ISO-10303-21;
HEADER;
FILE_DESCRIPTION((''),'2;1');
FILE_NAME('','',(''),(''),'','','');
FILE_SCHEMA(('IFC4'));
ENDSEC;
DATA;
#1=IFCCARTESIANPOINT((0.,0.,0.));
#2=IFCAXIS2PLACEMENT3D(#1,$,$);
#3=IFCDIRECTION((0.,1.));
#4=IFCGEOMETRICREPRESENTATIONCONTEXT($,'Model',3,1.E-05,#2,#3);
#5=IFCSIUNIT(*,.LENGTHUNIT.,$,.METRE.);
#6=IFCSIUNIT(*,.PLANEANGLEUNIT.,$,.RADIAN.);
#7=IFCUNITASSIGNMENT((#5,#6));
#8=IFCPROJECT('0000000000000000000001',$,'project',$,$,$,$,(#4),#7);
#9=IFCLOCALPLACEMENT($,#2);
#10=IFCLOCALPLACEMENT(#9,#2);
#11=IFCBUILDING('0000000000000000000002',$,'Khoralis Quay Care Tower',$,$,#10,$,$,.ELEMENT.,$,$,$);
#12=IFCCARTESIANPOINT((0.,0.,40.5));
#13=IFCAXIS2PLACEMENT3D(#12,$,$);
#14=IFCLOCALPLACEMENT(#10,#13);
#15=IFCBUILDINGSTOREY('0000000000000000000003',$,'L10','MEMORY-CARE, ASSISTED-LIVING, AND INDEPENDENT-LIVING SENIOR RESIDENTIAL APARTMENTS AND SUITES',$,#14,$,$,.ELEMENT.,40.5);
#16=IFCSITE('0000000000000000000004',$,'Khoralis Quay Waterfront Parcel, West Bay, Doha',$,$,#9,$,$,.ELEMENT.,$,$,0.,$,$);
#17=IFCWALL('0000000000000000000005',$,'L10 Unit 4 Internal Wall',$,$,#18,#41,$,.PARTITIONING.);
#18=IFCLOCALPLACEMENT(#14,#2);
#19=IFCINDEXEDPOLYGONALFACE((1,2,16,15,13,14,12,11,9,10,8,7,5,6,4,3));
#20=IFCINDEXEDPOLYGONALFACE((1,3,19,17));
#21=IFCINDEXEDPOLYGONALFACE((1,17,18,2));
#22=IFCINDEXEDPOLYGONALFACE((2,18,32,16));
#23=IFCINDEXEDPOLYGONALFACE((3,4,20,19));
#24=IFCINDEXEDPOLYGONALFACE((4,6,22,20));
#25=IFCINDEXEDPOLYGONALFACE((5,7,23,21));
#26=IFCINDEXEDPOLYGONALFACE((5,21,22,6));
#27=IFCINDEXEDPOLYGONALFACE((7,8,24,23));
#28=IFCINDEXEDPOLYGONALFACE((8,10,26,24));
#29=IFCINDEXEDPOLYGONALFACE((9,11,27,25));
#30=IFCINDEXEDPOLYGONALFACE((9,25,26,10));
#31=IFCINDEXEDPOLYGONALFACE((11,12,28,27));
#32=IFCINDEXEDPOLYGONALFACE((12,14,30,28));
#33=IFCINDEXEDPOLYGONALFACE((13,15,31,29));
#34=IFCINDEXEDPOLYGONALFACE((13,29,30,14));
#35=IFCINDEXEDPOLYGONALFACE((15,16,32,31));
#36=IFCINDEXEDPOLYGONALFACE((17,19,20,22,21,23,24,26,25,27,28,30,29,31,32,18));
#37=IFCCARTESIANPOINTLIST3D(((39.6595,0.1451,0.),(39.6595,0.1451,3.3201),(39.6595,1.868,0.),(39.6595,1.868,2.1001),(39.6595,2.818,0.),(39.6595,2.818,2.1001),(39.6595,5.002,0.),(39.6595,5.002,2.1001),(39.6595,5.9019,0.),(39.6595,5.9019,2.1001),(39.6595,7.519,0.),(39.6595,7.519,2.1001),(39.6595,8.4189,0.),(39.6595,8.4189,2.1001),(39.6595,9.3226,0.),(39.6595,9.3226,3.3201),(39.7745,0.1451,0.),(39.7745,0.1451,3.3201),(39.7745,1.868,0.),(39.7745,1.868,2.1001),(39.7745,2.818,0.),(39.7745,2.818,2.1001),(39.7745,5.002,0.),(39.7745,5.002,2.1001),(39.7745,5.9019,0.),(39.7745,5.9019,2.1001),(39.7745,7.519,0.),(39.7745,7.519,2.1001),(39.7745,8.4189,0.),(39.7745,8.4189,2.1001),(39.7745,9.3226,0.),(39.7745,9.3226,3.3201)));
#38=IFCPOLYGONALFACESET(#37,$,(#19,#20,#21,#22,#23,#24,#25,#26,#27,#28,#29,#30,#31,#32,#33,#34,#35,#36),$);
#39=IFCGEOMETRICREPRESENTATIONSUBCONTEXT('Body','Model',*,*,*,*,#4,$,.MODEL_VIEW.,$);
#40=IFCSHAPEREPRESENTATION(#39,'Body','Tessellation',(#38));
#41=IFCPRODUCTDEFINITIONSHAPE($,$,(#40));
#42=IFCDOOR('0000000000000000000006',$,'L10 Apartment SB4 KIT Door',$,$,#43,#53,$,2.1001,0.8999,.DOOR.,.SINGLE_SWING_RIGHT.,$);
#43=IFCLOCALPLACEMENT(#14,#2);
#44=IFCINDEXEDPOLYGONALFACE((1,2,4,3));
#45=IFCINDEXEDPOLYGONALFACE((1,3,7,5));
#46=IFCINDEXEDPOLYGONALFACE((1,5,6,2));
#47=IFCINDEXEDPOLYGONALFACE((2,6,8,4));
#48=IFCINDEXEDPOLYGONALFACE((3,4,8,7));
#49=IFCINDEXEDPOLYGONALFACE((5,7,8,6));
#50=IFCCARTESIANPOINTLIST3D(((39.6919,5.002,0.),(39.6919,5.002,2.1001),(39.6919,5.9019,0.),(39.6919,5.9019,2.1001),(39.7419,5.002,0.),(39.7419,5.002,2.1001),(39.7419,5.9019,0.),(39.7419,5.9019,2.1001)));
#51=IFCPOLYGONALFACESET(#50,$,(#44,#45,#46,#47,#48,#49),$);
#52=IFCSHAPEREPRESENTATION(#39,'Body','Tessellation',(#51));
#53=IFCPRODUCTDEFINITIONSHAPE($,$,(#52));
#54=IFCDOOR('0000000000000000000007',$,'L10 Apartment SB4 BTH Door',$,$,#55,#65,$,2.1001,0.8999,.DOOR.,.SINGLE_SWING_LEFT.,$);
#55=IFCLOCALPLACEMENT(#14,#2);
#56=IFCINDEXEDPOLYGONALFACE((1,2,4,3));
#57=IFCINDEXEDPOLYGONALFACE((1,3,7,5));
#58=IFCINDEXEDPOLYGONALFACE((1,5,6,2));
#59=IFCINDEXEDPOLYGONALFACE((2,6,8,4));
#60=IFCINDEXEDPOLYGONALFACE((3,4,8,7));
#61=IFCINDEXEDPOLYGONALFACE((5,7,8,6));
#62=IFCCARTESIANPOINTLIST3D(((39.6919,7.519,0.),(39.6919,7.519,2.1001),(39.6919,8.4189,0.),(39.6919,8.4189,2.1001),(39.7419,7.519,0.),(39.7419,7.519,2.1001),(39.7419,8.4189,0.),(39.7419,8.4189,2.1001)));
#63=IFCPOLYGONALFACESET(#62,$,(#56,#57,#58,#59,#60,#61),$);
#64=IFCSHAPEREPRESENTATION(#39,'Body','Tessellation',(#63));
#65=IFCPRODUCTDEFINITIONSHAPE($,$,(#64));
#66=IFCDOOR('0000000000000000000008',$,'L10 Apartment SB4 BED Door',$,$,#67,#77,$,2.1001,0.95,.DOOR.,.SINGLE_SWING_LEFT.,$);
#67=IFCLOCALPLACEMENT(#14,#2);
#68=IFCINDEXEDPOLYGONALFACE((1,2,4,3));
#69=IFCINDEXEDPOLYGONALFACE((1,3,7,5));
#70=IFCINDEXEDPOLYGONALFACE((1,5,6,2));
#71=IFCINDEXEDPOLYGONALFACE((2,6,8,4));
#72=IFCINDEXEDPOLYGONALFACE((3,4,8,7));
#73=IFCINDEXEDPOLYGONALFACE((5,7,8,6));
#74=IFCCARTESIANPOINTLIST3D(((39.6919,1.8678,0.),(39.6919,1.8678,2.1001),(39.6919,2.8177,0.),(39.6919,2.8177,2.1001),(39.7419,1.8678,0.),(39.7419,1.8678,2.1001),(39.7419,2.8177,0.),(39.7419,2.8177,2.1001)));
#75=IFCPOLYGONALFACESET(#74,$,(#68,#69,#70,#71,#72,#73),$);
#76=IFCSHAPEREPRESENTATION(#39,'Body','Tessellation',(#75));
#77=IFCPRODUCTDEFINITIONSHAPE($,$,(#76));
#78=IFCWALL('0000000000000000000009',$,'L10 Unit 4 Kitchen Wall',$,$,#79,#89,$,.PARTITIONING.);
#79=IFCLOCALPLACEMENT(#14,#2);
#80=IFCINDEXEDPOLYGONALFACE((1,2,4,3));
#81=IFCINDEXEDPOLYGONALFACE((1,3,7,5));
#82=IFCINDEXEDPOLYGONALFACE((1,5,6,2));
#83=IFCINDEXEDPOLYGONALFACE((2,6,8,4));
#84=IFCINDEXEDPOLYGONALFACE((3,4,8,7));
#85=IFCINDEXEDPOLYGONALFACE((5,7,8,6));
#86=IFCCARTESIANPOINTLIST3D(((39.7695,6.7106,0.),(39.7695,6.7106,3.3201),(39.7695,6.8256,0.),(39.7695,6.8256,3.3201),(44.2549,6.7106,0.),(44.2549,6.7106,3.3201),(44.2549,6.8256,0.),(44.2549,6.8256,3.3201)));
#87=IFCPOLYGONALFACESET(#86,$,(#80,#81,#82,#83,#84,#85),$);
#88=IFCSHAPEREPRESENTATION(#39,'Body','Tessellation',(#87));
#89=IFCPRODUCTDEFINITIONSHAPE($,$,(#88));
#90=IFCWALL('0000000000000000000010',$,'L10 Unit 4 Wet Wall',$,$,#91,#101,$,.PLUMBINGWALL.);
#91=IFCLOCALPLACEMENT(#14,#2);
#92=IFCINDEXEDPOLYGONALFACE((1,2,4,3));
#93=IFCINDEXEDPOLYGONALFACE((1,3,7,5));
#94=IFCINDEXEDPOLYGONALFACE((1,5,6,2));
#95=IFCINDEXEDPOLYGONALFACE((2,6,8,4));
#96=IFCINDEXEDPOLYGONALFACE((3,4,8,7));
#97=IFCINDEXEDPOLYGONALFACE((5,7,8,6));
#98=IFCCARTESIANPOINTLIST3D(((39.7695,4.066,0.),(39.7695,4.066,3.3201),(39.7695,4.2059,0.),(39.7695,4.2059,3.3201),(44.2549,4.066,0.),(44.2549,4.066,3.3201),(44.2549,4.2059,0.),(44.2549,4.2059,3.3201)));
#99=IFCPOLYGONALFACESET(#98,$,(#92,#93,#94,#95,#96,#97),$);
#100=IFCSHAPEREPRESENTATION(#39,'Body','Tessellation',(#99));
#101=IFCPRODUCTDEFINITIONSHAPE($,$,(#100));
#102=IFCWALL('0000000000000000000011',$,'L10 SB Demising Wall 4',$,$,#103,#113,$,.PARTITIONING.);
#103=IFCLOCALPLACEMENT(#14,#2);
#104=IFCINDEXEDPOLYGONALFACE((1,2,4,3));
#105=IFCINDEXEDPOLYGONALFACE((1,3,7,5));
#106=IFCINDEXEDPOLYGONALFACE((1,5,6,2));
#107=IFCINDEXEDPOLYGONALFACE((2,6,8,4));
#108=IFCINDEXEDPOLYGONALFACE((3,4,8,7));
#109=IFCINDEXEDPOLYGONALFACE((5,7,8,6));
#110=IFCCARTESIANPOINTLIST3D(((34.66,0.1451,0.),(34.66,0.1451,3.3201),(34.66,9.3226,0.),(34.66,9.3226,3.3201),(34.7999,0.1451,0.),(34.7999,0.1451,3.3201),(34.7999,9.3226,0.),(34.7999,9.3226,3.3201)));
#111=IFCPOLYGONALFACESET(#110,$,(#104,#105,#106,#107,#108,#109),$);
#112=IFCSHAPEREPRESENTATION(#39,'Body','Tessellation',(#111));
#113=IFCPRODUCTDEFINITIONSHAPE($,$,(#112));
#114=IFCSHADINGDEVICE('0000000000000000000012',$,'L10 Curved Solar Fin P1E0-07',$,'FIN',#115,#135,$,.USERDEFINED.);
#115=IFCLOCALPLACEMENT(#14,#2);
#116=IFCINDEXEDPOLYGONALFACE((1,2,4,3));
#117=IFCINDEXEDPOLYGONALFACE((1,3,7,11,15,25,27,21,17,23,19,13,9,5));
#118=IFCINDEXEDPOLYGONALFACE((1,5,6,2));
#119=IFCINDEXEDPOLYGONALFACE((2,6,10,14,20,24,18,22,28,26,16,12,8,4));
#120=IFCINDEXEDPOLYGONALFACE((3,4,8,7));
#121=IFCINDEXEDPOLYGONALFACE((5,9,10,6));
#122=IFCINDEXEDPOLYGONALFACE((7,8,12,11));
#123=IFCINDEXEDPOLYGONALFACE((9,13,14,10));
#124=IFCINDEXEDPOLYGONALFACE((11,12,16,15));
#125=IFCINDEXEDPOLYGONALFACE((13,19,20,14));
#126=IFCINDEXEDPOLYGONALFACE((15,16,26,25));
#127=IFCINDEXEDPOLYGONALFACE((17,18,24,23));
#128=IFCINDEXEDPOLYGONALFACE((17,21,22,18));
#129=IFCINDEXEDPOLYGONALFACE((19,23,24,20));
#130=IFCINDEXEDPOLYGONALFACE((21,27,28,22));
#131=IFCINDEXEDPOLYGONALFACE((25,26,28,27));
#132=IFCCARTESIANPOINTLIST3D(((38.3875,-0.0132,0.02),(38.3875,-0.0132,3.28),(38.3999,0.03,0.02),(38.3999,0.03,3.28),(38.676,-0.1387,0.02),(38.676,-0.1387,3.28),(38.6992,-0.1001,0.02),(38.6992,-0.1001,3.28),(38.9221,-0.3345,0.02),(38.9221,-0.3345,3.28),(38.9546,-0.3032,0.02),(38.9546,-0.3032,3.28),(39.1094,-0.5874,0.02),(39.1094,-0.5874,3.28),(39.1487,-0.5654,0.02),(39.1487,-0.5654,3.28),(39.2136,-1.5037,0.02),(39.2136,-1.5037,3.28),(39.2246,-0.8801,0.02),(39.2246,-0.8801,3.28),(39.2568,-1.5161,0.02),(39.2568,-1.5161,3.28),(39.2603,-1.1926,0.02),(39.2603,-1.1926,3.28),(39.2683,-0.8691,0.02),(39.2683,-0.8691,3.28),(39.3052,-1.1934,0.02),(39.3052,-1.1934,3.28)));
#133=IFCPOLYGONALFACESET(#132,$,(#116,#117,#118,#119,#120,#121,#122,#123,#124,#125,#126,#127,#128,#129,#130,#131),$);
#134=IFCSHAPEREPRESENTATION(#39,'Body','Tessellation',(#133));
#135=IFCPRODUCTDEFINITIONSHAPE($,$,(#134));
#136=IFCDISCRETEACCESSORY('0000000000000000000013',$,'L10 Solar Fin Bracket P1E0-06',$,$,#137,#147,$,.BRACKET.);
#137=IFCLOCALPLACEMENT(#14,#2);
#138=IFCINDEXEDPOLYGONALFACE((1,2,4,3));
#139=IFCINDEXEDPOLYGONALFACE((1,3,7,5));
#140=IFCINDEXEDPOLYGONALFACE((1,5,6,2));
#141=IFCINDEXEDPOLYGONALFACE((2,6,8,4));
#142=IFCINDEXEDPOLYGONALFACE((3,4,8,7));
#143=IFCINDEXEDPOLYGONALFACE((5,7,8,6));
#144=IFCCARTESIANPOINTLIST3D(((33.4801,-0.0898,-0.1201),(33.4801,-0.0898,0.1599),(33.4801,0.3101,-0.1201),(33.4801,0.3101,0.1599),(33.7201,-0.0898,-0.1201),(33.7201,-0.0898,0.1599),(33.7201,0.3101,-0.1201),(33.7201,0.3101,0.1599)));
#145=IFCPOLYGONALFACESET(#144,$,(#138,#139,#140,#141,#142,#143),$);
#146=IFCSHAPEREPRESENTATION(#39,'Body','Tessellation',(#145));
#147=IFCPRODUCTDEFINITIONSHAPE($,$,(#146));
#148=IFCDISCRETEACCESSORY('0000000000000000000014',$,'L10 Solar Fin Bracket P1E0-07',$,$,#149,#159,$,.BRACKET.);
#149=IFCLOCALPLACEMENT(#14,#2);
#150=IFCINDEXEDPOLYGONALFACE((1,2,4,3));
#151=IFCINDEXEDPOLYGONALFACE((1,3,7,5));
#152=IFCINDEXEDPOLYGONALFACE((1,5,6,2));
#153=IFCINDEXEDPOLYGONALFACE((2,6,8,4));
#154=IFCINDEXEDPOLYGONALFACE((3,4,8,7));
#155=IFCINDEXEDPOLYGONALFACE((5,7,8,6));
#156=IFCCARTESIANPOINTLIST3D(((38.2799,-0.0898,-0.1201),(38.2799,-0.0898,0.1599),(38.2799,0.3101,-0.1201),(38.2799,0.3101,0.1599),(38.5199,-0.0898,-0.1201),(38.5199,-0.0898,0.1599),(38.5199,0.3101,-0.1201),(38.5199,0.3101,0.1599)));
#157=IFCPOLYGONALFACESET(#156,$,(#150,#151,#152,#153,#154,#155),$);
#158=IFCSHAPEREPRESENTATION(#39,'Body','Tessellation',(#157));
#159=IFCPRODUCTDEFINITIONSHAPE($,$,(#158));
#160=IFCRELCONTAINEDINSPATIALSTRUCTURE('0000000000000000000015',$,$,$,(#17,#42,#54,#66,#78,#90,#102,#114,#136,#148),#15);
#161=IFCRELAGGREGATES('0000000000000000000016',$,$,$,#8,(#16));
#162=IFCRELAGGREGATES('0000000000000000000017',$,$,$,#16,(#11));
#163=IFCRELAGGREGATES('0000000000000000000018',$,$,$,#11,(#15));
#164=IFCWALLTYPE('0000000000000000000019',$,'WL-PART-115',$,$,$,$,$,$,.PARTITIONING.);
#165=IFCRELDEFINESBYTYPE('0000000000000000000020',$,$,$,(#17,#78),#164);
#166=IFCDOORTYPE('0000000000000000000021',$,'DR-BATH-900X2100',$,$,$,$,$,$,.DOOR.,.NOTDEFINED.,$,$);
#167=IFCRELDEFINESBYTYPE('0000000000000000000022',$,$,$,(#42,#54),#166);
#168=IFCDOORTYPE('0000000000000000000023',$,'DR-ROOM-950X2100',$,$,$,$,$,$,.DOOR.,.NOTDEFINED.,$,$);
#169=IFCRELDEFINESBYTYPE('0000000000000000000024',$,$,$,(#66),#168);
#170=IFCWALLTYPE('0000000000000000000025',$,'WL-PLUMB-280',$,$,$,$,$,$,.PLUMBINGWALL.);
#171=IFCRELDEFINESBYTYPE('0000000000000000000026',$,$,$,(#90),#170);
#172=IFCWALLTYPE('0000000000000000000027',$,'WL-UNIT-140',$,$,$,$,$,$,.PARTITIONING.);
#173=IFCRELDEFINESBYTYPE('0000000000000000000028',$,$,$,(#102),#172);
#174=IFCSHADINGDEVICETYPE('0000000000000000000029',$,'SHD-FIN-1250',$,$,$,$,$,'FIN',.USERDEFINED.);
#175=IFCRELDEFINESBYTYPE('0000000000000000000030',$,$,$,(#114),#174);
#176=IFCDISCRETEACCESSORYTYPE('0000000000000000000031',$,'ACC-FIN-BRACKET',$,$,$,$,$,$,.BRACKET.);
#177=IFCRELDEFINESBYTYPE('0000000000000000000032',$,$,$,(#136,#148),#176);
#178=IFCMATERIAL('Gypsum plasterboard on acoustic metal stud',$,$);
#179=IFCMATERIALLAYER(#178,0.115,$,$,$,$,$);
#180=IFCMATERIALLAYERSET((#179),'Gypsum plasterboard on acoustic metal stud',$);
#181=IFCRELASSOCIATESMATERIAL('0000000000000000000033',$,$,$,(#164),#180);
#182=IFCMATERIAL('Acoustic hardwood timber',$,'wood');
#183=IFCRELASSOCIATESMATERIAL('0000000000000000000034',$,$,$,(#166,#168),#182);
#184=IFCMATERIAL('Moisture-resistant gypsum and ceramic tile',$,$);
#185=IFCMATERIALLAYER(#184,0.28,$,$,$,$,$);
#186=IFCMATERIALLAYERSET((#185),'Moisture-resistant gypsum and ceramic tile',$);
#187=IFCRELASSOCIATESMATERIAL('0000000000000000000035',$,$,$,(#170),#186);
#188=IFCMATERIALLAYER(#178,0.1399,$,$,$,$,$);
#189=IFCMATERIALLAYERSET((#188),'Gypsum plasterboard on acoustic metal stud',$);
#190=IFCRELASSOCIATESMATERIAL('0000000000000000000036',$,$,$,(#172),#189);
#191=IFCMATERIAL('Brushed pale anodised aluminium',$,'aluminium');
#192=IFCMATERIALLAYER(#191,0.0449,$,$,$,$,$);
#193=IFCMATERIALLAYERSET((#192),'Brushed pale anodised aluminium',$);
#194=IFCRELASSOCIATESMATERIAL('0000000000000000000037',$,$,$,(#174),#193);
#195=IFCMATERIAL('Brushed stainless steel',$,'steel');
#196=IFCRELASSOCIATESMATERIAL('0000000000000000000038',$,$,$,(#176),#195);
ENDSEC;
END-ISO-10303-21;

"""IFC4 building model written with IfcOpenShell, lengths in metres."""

from ifc_helpers import new_model, si_unit, direction, frame, frame_2d, origin, origin_2d, place, context, subcontext, project, spatial, polyline, rectangle, outline, extrude, source, transform, mapped, material, layer, layer_set, type_object, element, fill, save


model = new_model("IFC4")

# Units and contexts
model_context = context("Model", 3, precision=1e-05, world=origin(), true_north=direction((0.0, 1.0)))
body_context = subcontext(model_context, "Body", "Model", "MODEL_VIEW")
ifc_project = project(units=[si_unit("LENGTHUNIT", "METRE"), si_unit("PLANEANGLEUNIT", "RADIAN")], contexts=[model_context])

# Site, building, storey
site_placement = place(None, origin())
site = spatial("IfcSite", under=ifc_project, at=site_placement, Name="Khoralis Quay Waterfront Parcel, West Bay, Doha", CompositionType="ELEMENT", RefElevation=0.0)
building_placement = place(site_placement, origin())
building = spatial("IfcBuilding", under=site, at=building_placement, Name="Khoralis Quay Care Tower", CompositionType="ELEMENT")
storey_placement = place(building_placement, frame((0.0, 0.0, 40.5)))
storey = spatial("IfcBuildingStorey", under=building, at=storey_placement, Name="L10", Description="MEMORY-CARE, ASSISTED-LIVING, AND INDEPENDENT-LIVING SENIOR RESIDENTIAL APARTMENTS AND SUITES", CompositionType="ELEMENT", Elevation=40.5)

# Shared definitions
ifc_material_1 = material(Name="Gypsum plasterboard on acoustic metal stud")

# Wall, openings, doors
ifc_layer_1 = layer(ifc_material_1, 0.115)
ifc_layer_set_1 = layer_set([ifc_layer_1], Name="Gypsum plasterboard on acoustic metal stud")
wall_type_1 = type_object("IfcWallType", Name="WL-PART-115", PredefinedType="PARTITIONING", material=ifc_layer_set_1)
wall_1_placement = place(storey_placement, frame((39.717, 0.145, 0.0), z_axis=(0.0, 0.0, 1.0), x_axis=(0.0, 1.0, 0.0)))
wall_1 = element("IfcWall", 1, at=wall_1_placement, inside=storey, type_object=wall_type_1, Name="L10 Unit 4 Internal Wall", PredefinedType="PARTITIONING", context=body_context, shape_type="SweptSolid", body=[
    extrude(rectangle(XDim=9.1775, YDim=0.115, at=frame_2d((4.5889, 0.0))), origin(), (0.0, 0.0, 1.0), 3.3201),
])
opening_1_placement = place(wall_1_placement, frame((1.7229, 0.0, 0.0)))
opening_1 = element("IfcOpeningElement", 2, at=opening_1_placement, cuts=wall_1, PredefinedType="OPENING", context=body_context, shape_type="SweptSolid", body=[
    extrude(rectangle(XDim=0.95, YDim=2.1001, at=frame_2d((0.4751, 1.05))), frame((0.0, 0.0674, 0.0), z_axis=(0.0, -1.0, 0.0), x_axis=(1.0, 0.0, 0.0)), (0.0, 0.0, 1.0), 0.135),
])
opening_2_placement = place(wall_1_placement, frame((4.8569, 0.0, 0.0)))
opening_2 = element("IfcOpeningElement", 3, at=opening_2_placement, cuts=wall_1, PredefinedType="OPENING", context=body_context, shape_type="SweptSolid", body=[
    extrude(rectangle(XDim=0.8999, YDim=2.1001, at=frame_2d((0.45, 1.05))), frame((0.0, 0.0674, 0.0), z_axis=(0.0, -1.0, 0.0), x_axis=(1.0, 0.0, 0.0)), (0.0, 0.0, 1.0), 0.135),
])
opening_3_placement = place(wall_1_placement, frame((7.374, 0.0, 0.0)))
opening_3 = element("IfcOpeningElement", 4, at=opening_3_placement, cuts=wall_1, PredefinedType="OPENING", context=body_context, shape_type="SweptSolid", body=[
    extrude(rectangle(XDim=0.8999, YDim=2.1001, at=frame_2d((0.45, 1.05))), frame((0.0, 0.0674, 0.0), z_axis=(0.0, -1.0, 0.0), x_axis=(1.0, 0.0, 0.0)), (0.0, 0.0, 1.0), 0.135),
])
ifc_material_2 = material(Name="Acoustic hardwood timber", Category="wood")
door_type_1 = type_object("IfcDoorType", Name="DR-BATH-900X2100", OperationType="NOTDEFINED", PredefinedType="DOOR", material=ifc_material_2)
shared_shape_1 = source(origin(), body_context, "Body", "SweptSolid", [
    extrude(rectangle(XDim=0.8999, YDim=2.1001, at=frame_2d((0.45, 1.05))), frame((0.0, 0.0249, 0.0), z_axis=(0.0, -1.0, 0.0), x_axis=(1.0, 0.0, 0.0)), (0.0, 0.0, 1.0), 0.05),
])
door_1_placement = place(opening_2_placement, frame((0.8999, 0.0, 0.0), z_axis=(0.0, 0.0, 1.0), x_axis=(-1.0, 0.0, 0.0)))
door_1 = element("IfcDoor", 5, at=door_1_placement, inside=storey, type_object=door_type_1, Name="L10 Apartment SB4 KIT Door", OperationType="SINGLE_SWING_RIGHT", OverallHeight=2.1001, OverallWidth=0.8999, PredefinedType="DOOR", context=body_context, shape_type="MappedRepresentation", body=[
    mapped(shared_shape_1, transform((0.0, 0.0, 0.0), scale=1.0)),
])
fill(opening_2, door_1)
door_2_placement = place(opening_3_placement, frame((0.8999, 0.0, 0.0), z_axis=(0.0, 0.0, 1.0), x_axis=(-1.0, 0.0, 0.0)))
door_2 = element("IfcDoor", 6, at=door_2_placement, inside=storey, type_object=door_type_1, Name="L10 Apartment SB4 BTH Door", OperationType="SINGLE_SWING_LEFT", OverallHeight=2.1001, OverallWidth=0.8999, PredefinedType="DOOR", context=body_context, shape_type="MappedRepresentation", body=[
    mapped(shared_shape_1, transform((0.0, 0.0, 0.0), scale=1.0)),
])
fill(opening_3, door_2)
door_type_2 = type_object("IfcDoorType", Name="DR-ROOM-950X2100", OperationType="NOTDEFINED", PredefinedType="DOOR", material=ifc_material_2)
shared_shape_2 = source(origin(), body_context, "Body", "SweptSolid", [
    extrude(rectangle(XDim=0.95, YDim=2.1001, at=frame_2d((0.4751, 1.05))), frame((0.0, 0.0249, 0.0), z_axis=(0.0, -1.0, 0.0), x_axis=(1.0, 0.0, 0.0)), (0.0, 0.0, 1.0), 0.05),
])
door_3_placement = place(opening_1_placement, frame((0.95, 0.0, 0.0), z_axis=(0.0, 0.0, 1.0), x_axis=(-1.0, 0.0, 0.0)))
door_3 = element("IfcDoor", 7, at=door_3_placement, inside=storey, type_object=door_type_2, Name="L10 Apartment SB4 BED Door", OperationType="SINGLE_SWING_LEFT", OverallHeight=2.1001, OverallWidth=0.95, PredefinedType="DOOR", context=body_context, shape_type="MappedRepresentation", body=[
    mapped(shared_shape_2, transform((0.0, 0.0, 0.0), scale=1.0)),
])
fill(opening_1, door_3)

# Walls
wall_2_placement = place(storey_placement, frame((39.7695, 6.7681, 0.0), z_axis=(0.0, 0.0, 1.0), x_axis=(1.0, 0.0, 0.0)))
element("IfcWall", 8, at=wall_2_placement, inside=storey, type_object=wall_type_1, Name="L10 Unit 4 Kitchen Wall", PredefinedType="PARTITIONING", context=body_context, shape_type="SweptSolid", body=[
    extrude(rectangle(XDim=4.4854, YDim=0.115, at=frame_2d((2.2427, 0.0))), origin(), (0.0, 0.0, 1.0), 3.3201),
])
ifc_material_3 = material(Name="Moisture-resistant gypsum and ceramic tile")
ifc_layer_2 = layer(ifc_material_3, 0.28)
ifc_layer_set_2 = layer_set([ifc_layer_2], Name="Moisture-resistant gypsum and ceramic tile")
wall_type_2 = type_object("IfcWallType", Name="WL-PLUMB-280", PredefinedType="PLUMBINGWALL", material=ifc_layer_set_2)
wall_3_placement = place(storey_placement, frame((39.7695, 4.136, 0.0), z_axis=(0.0, 0.0, 1.0), x_axis=(1.0, 0.0, 0.0)))
element("IfcWall", 9, at=wall_3_placement, inside=storey, type_object=wall_type_2, Name="L10 Unit 4 Wet Wall", PredefinedType="PLUMBINGWALL", context=body_context, shape_type="SweptSolid", body=[
    extrude(rectangle(XDim=4.4854, YDim=0.1399, at=frame_2d((2.2427, 0.0))), origin(), (0.0, 0.0, 1.0), 3.3201),
])
ifc_layer_3 = layer(ifc_material_1, 0.1399)
ifc_layer_set_3 = layer_set([ifc_layer_3], Name="Gypsum plasterboard on acoustic metal stud")
wall_type_3 = type_object("IfcWallType", Name="WL-UNIT-140", PredefinedType="PARTITIONING", material=ifc_layer_set_3)
wall_4_placement = place(storey_placement, frame((34.73, 0.145, 0.0), z_axis=(0.0, 0.0, 1.0), x_axis=(0.0, 1.0, 0.0)))
element("IfcWall", 10, at=wall_4_placement, inside=storey, type_object=wall_type_3, Name="L10 SB Demising Wall 4", PredefinedType="PARTITIONING", context=body_context, shape_type="SweptSolid", body=[
    extrude(rectangle(XDim=9.1775, YDim=0.1399, at=frame_2d((4.5889, 0.0))), origin(), (0.0, 0.0, 1.0), 3.3201),
])

# Shading device
ifc_material_4 = material(Name="Brushed pale anodised aluminium", Category="aluminium")
ifc_layer_4 = layer(ifc_material_4, 0.0449)
ifc_layer_set_4 = layer_set([ifc_layer_4], Name="Brushed pale anodised aluminium")
shading_device_type = type_object("IfcShadingDeviceType", Name="SHD-FIN-1250", ElementType="FIN", PredefinedType="USERDEFINED", material=ifc_layer_set_4)
shared_shape_3 = source(origin(), body_context, "Body", "SweptSolid", [
    extrude(outline(polyline([(0.0, 0.0), (0.1301, 0.2993), (0.3333, 0.5547), (0.5955, 0.7488), (0.8992, 0.8684), (1.2234, 0.9053), (1.5461, 0.8569), (1.5337, 0.8137), (1.2227, 0.8604), (0.9102, 0.8247), (0.6174, 0.7095), (0.3645, 0.5222), (0.1687, 0.2761), (0.0432, -0.0125), (0.0, 0.0)])), origin(), (0.0, 0.0, 1.0), 3.26),
])
shading_device_placement = place(storey_placement, frame((38.3999, 0.03, 0.02), z_axis=(0.0, 0.0, 1.0), x_axis=(0.0, -1.0, 0.0)))
element("IfcShadingDevice", 11, at=shading_device_placement, inside=storey, type_object=shading_device_type, Name="L10 Curved Solar Fin P1E0-07", ObjectType="FIN", PredefinedType="USERDEFINED", context=body_context, shape_type="MappedRepresentation", body=[
    mapped(shared_shape_3, transform((0.0, 0.0, 0.0), scale=1.0)),
])

# Discrete accessories
ifc_material_5 = material(Name="Brushed stainless steel", Category="steel")
discrete_accessory_type = type_object("IfcDiscreteAccessoryType", Name="ACC-FIN-BRACKET", PredefinedType="BRACKET", material=ifc_material_5)
shared_shape_4 = source(origin(), body_context, "Body", "SweptSolid", [
    extrude(rectangle(XDim=0.3999, YDim=0.24, at=origin_2d()), origin(), (0.0, 0.0, 1.0), 0.28),
])
for number, where, z_axis, x_axis, name in (
    (12, (33.6001, 0.1101, -0.1201), (0.0, 0.0, 1.0), (0.0, -1.0, 0.0), "L10 Solar Fin Bracket P1E0-06"),
    (13, (38.3999, 0.1101, -0.1201), (0.0, 0.0, 1.0), (0.0, -1.0, 0.0), "L10 Solar Fin Bracket P1E0-07"),
):
    element("IfcDiscreteAccessory", number, at=place(storey_placement, frame(where, z_axis=z_axis, x_axis=x_axis)), inside=storey, type_object=discrete_accessory_type, Name=name, PredefinedType="BRACKET", context=body_context, shape_type="MappedRepresentation", body=[
        mapped(shared_shape_4, transform((0.0, 0.0, 0.0), scale=1.0)),
    ])

save(model, "model.ifc")
